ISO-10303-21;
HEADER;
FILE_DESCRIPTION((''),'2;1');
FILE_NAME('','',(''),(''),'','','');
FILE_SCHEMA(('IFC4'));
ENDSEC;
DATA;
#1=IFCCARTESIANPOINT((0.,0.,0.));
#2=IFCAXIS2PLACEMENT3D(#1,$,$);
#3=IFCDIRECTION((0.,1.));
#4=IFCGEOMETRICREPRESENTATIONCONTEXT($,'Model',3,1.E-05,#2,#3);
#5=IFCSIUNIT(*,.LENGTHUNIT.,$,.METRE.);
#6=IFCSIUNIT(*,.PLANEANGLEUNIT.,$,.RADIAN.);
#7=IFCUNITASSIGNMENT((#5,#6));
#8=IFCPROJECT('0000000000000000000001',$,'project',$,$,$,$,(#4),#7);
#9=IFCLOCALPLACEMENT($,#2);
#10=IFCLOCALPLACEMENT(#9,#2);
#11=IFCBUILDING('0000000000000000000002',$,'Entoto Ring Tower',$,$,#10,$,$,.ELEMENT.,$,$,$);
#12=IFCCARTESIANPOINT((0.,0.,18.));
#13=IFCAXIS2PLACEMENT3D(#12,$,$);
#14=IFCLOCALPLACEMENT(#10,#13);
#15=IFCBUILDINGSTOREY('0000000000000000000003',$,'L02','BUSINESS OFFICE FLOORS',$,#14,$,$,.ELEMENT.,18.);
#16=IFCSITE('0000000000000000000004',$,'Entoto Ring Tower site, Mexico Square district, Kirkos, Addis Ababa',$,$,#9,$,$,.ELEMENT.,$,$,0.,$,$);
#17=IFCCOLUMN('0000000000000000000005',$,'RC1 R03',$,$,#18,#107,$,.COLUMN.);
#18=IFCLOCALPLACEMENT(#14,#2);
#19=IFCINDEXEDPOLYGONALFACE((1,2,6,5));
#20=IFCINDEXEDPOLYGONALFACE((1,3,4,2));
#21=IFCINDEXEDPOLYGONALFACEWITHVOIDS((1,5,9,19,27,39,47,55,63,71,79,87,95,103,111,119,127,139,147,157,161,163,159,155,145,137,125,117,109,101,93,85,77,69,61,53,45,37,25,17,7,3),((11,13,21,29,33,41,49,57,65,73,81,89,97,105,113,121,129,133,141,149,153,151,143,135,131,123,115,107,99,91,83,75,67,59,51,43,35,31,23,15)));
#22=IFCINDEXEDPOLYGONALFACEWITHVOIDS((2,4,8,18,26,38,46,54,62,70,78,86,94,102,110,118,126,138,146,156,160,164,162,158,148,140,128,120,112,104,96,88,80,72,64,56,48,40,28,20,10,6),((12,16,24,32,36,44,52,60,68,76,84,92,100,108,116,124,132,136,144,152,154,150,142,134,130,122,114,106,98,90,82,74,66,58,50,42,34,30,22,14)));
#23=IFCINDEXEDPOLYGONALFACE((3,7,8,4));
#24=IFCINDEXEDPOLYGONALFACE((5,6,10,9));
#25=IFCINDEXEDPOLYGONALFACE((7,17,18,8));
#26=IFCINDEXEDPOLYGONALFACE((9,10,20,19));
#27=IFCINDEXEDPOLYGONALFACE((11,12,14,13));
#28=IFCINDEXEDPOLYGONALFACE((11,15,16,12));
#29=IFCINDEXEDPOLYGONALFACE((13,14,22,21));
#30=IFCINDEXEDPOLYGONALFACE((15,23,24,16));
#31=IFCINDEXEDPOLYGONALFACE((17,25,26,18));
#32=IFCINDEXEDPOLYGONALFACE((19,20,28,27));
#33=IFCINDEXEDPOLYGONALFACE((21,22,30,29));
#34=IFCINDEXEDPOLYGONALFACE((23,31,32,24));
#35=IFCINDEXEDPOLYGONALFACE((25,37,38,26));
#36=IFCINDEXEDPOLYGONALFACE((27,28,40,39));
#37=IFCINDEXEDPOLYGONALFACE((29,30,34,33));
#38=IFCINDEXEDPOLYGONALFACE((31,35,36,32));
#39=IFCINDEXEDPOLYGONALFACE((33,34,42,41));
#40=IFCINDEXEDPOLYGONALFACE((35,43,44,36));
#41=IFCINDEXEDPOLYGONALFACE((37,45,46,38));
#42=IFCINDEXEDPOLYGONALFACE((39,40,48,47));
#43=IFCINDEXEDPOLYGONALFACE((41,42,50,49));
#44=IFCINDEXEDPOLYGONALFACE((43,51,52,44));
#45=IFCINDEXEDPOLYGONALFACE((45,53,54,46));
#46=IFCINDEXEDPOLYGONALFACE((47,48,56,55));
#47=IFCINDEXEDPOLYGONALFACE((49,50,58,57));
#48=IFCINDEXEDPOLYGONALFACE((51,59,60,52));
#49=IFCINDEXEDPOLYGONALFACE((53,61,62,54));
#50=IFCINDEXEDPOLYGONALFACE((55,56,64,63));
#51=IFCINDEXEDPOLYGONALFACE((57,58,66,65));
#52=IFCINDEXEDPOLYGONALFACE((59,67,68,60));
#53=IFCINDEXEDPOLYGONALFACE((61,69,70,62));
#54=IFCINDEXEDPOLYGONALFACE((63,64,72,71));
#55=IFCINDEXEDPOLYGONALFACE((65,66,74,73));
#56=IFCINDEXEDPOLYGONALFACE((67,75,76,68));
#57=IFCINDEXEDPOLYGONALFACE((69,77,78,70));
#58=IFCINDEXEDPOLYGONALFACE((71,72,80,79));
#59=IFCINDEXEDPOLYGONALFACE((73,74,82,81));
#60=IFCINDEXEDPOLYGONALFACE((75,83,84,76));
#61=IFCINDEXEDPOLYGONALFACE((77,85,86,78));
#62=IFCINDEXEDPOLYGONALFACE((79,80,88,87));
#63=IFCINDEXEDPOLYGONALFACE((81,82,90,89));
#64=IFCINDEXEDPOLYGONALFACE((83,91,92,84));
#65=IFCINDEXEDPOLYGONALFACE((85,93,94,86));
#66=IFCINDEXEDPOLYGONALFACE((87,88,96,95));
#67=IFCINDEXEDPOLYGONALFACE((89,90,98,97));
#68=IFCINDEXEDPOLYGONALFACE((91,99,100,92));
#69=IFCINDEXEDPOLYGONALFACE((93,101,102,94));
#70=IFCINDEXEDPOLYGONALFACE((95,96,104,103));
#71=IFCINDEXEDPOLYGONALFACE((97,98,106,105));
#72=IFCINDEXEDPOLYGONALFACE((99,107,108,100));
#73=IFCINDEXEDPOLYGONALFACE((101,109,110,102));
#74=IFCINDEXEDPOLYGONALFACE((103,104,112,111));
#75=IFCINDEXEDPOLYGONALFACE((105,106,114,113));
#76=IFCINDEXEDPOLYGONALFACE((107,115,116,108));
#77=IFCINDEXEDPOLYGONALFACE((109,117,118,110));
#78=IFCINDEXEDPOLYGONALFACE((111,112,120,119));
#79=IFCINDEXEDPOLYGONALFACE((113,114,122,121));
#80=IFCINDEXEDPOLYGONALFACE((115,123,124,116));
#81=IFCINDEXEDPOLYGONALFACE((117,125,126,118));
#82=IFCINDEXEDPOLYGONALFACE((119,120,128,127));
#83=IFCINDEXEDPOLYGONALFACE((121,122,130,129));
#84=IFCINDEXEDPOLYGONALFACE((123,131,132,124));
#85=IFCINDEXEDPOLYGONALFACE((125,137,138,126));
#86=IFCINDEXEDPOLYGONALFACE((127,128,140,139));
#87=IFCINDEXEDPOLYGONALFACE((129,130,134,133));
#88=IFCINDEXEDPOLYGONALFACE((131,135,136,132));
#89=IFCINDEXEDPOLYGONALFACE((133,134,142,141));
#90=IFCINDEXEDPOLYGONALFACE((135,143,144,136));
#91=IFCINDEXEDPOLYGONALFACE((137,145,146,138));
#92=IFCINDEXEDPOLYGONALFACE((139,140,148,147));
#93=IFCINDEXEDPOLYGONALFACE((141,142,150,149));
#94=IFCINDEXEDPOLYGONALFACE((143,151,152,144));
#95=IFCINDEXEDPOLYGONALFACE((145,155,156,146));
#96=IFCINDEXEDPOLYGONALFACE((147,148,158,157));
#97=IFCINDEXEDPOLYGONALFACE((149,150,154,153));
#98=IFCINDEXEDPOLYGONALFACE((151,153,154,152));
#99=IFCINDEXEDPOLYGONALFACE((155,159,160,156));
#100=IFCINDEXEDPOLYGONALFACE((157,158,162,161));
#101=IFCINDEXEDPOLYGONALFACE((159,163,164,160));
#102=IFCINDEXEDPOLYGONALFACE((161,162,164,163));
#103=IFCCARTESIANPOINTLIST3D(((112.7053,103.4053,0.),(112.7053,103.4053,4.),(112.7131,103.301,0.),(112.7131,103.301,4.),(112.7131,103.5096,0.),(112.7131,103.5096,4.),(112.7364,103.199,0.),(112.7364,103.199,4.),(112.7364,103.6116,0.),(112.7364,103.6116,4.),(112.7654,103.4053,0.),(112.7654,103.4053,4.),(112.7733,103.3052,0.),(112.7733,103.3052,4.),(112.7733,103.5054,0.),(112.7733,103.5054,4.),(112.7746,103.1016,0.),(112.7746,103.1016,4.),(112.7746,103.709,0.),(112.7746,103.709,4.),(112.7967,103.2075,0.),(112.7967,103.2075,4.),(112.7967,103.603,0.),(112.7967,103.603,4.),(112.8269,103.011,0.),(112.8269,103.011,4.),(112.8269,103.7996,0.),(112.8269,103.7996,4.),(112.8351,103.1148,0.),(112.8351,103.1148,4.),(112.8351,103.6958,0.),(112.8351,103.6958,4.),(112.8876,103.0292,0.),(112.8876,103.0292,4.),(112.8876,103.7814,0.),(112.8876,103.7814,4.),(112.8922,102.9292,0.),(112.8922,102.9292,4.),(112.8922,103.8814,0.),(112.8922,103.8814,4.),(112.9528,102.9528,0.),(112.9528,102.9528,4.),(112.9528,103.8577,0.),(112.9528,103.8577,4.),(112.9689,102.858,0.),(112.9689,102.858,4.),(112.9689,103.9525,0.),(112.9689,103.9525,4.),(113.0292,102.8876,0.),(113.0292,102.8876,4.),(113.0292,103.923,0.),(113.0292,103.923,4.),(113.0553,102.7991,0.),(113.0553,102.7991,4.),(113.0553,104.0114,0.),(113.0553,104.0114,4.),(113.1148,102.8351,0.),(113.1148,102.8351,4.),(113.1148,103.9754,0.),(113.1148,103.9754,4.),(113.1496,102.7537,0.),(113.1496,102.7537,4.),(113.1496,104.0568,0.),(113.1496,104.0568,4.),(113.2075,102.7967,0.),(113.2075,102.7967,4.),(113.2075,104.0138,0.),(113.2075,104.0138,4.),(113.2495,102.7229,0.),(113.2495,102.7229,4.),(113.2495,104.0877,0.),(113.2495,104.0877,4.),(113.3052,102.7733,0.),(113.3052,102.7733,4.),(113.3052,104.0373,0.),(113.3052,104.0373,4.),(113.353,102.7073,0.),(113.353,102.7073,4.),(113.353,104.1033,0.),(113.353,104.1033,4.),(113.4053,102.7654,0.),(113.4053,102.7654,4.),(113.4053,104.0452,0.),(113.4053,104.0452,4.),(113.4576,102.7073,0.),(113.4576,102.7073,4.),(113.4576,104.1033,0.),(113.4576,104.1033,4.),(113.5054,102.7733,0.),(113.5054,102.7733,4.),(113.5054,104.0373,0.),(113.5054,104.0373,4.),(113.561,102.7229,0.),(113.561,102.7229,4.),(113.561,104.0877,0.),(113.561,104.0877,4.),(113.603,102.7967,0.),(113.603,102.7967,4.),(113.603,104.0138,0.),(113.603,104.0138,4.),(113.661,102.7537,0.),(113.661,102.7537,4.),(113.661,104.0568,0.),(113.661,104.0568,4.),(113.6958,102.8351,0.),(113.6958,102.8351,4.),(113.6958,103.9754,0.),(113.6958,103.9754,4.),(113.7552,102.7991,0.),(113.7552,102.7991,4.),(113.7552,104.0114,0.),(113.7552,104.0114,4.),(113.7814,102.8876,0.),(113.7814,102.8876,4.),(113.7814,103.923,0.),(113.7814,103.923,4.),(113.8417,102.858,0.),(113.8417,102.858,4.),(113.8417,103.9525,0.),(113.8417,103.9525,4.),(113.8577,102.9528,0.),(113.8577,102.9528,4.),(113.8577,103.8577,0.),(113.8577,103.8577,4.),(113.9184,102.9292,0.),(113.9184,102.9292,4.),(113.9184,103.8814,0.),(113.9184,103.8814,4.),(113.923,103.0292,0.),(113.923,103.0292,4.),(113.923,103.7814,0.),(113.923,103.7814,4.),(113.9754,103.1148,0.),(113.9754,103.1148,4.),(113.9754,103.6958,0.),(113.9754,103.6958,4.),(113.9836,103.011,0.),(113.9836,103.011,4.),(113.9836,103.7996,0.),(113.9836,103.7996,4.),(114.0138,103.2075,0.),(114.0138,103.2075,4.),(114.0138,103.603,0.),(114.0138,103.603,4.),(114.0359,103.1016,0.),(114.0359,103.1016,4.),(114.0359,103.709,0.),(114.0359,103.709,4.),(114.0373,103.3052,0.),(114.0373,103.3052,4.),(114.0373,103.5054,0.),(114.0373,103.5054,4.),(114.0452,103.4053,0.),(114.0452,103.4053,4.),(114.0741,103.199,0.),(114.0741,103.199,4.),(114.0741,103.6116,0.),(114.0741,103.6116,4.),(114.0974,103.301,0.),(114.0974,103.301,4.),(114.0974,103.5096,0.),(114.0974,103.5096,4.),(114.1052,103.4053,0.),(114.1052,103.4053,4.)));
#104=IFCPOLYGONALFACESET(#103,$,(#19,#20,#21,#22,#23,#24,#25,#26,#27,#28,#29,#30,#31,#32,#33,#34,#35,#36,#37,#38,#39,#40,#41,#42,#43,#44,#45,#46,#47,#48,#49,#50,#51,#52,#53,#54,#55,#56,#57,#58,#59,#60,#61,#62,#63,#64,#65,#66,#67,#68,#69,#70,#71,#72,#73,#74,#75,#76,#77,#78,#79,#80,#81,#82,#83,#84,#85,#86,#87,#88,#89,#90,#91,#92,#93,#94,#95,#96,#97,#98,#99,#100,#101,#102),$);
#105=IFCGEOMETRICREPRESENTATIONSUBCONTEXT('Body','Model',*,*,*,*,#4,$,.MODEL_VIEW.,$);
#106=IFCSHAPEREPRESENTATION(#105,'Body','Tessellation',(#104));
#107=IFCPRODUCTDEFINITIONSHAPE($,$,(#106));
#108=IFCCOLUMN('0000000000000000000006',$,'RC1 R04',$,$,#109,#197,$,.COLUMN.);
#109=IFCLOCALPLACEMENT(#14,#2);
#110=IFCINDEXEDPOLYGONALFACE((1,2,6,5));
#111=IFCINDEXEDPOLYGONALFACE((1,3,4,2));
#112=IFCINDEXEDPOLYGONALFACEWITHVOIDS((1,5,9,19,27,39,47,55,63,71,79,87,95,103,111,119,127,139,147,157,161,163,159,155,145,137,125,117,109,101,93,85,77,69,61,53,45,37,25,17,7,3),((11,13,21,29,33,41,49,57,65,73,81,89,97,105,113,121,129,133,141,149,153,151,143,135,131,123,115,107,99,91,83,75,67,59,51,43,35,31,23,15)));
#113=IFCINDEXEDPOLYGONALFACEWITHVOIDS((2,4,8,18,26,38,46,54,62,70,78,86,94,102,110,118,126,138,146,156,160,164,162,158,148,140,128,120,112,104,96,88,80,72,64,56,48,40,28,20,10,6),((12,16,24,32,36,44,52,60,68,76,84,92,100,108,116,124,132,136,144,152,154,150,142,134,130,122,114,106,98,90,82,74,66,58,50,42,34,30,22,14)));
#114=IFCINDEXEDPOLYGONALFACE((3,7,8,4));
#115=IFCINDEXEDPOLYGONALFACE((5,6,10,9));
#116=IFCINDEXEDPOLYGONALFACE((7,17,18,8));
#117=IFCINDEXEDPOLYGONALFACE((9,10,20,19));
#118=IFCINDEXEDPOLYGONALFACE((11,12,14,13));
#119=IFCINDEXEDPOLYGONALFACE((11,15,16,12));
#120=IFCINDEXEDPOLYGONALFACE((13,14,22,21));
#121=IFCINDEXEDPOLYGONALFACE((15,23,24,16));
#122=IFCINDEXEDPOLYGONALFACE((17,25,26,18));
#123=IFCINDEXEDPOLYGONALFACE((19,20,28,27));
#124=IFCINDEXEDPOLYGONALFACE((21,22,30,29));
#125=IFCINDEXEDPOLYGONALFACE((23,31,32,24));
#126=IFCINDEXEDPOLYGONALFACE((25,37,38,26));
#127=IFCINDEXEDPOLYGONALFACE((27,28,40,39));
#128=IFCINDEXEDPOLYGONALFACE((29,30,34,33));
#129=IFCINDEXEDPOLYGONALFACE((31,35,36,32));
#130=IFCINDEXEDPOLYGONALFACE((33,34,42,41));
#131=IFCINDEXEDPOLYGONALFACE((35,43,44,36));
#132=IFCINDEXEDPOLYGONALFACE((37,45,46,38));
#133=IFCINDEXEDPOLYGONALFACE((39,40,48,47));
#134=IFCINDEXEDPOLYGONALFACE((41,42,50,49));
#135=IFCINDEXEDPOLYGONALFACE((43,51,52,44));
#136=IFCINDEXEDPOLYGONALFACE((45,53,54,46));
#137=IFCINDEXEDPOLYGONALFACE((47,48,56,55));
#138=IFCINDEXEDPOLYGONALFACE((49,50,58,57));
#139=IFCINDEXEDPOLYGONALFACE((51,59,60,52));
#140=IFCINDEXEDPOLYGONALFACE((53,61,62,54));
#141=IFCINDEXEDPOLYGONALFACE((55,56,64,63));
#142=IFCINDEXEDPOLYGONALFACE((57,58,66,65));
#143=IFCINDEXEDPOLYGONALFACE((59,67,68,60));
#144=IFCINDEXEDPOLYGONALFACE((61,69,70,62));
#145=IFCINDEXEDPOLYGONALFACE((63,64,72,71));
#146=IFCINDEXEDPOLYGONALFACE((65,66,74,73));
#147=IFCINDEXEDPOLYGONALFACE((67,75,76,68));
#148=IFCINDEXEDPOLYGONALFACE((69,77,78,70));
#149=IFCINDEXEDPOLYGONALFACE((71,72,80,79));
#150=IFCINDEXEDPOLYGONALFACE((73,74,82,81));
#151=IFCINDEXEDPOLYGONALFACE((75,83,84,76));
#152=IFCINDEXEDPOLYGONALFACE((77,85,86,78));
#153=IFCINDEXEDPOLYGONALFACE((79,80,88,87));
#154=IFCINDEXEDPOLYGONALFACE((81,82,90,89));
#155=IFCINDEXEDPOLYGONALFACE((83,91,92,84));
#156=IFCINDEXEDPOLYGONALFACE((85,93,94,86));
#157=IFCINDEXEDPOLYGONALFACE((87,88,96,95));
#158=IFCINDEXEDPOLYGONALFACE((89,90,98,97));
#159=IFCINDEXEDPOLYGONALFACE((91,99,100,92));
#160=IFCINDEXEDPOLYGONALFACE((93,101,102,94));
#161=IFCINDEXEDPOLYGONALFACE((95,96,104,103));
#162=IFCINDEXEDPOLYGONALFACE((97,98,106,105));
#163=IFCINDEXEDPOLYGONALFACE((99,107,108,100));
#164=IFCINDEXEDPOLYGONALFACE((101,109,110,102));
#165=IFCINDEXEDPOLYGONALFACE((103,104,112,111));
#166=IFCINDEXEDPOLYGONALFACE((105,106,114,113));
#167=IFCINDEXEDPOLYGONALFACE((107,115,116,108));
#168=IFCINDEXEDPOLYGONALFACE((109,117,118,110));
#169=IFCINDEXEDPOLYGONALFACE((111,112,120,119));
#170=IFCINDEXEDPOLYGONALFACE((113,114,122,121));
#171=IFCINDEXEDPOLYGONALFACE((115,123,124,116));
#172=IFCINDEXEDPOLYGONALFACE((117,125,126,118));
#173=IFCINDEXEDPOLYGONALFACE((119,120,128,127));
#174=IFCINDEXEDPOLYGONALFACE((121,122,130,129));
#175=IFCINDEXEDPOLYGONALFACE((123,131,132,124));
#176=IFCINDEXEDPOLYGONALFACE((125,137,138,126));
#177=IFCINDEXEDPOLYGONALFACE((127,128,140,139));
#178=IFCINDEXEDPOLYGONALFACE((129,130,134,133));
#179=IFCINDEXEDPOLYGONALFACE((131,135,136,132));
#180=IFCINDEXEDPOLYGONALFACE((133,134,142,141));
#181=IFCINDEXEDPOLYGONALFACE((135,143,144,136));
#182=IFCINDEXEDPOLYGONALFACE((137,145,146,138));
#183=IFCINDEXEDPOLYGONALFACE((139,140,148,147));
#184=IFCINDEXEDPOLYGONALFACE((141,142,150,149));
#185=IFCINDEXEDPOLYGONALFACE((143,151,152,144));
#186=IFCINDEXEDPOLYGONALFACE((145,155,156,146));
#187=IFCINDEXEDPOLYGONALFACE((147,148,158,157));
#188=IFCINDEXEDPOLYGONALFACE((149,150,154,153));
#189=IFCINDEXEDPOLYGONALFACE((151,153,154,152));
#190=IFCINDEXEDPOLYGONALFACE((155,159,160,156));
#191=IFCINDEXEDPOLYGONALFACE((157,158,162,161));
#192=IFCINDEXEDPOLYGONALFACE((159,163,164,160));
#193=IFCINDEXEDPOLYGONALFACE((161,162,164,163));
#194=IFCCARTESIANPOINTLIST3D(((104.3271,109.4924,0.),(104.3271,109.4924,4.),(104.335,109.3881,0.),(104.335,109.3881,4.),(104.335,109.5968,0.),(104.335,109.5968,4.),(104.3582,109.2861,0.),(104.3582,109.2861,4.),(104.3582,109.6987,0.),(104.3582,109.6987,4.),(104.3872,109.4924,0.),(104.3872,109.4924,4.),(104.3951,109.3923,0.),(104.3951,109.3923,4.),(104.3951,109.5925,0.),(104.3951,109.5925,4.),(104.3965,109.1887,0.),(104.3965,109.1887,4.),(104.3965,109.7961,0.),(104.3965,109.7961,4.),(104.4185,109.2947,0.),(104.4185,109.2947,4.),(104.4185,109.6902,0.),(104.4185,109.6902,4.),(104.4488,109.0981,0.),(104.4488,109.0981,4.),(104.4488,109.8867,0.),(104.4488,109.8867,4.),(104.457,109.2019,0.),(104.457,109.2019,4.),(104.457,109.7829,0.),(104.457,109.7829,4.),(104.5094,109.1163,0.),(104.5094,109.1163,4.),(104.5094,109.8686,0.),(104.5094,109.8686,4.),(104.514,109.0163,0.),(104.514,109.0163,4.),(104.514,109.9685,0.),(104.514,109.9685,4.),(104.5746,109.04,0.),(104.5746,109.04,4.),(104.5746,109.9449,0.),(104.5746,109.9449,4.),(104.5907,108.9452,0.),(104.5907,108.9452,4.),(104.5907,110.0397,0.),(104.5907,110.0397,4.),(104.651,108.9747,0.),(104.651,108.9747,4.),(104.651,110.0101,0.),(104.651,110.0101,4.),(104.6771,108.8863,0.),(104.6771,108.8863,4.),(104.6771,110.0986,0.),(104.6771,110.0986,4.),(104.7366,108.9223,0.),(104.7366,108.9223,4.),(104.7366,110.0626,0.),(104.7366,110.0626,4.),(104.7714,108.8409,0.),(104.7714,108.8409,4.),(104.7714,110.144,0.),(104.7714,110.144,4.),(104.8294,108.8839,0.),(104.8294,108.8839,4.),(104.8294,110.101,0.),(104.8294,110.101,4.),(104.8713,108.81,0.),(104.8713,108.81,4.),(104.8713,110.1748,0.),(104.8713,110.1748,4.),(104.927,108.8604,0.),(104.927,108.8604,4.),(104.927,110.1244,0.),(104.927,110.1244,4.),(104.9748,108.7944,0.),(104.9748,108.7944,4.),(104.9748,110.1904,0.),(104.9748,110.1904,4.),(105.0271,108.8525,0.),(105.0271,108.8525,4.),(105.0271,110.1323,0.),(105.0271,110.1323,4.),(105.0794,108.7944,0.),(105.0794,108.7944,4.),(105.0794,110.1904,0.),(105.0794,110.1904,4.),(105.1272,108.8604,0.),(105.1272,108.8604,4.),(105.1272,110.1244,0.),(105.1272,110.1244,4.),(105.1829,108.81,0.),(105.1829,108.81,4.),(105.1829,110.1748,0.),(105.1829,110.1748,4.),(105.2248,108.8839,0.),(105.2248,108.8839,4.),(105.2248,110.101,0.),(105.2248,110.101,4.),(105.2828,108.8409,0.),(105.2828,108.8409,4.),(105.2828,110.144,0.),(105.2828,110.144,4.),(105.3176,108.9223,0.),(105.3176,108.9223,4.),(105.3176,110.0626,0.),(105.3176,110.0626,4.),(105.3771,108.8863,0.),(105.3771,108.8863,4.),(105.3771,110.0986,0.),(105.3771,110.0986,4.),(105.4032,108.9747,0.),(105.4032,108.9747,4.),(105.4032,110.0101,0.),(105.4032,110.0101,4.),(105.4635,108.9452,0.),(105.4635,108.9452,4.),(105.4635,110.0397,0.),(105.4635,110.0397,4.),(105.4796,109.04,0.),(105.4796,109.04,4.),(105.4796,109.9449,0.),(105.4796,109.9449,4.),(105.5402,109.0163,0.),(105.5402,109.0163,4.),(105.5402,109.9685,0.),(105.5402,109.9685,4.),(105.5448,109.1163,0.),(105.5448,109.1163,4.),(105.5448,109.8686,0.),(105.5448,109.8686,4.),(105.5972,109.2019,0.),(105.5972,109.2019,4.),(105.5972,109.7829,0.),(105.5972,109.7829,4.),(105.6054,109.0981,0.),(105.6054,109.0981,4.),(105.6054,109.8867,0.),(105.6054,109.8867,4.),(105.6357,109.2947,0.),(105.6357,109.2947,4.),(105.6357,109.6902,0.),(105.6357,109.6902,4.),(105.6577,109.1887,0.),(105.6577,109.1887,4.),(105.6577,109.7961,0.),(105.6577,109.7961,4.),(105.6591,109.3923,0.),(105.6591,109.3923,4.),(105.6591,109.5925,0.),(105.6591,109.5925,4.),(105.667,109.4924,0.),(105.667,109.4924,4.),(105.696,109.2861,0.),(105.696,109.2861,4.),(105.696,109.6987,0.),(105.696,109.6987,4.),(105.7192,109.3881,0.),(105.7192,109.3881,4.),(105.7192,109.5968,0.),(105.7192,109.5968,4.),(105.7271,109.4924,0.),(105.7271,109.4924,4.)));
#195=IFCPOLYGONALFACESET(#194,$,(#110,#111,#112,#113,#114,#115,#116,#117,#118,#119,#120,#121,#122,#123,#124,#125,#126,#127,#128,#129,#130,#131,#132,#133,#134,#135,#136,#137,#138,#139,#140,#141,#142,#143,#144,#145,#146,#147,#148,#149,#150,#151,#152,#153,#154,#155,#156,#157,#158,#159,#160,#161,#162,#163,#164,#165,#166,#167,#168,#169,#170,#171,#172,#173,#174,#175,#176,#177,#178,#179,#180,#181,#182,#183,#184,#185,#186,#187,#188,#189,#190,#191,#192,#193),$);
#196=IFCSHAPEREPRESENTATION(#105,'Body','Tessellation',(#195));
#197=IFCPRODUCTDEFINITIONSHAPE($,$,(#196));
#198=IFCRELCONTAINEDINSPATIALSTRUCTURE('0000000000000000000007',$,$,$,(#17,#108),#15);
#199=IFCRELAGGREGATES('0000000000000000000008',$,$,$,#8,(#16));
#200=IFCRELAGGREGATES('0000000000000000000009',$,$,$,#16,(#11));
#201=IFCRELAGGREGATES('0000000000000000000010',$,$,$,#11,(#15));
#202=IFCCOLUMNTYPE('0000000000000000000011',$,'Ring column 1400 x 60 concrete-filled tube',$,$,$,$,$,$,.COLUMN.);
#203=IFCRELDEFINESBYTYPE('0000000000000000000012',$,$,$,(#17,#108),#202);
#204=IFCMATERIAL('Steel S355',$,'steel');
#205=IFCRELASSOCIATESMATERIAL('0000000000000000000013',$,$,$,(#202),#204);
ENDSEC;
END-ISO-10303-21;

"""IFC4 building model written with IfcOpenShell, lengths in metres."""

from ifc_helpers import new_model, si_unit, direction, frame, origin, origin_2d, place, context, subcontext, project, spatial, circle, hollow_circle, extrude, material, material_profile, profile_set, type_object, element, save


model = new_model("IFC4")

# Units and contexts
model_context = context("Model", 3, precision=1e-05, world=origin(), true_north=direction((0.0, 1.0)))
body_context = subcontext(model_context, "Body", "Model", "MODEL_VIEW")
ifc_project = project(units=[si_unit("LENGTHUNIT", "METRE"), si_unit("PLANEANGLEUNIT", "RADIAN")], contexts=[model_context])

# Site, building, storey
site_placement = place(None, origin())
site = spatial("IfcSite", under=ifc_project, at=site_placement, Name="Entoto Ring Tower site, Mexico Square district, Kirkos, Addis Ababa", CompositionType="ELEMENT", RefElevation=0.0)
building_placement = place(site_placement, origin())
building = spatial("IfcBuilding", under=site, at=building_placement, Name="Entoto Ring Tower", CompositionType="ELEMENT")
storey_placement = place(building_placement, frame((0.0, 0.0, 18.0)))
storey = spatial("IfcBuildingStorey", under=building, at=storey_placement, Name="L02", Description="BUSINESS OFFICE FLOORS", CompositionType="ELEMENT", Elevation=18.0)

# Columns
ifc_material_1 = material(Name="Steel S355", Category="steel")
ifc_material_profile_1 = material_profile(ifc_material_1, hollow_circle(Radius=0.7, WallThickness=0.0601, at=origin_2d()), Name="CHS 1400 x 60")
ifc_material_2 = material(Name="Concrete C60/75", Category="concrete")
ifc_material_profile_2 = material_profile(ifc_material_2, circle(Radius=0.6399, at=origin_2d()), Name="Concrete C60/75 infill")
ifc_profile_set_1 = profile_set([ifc_material_profile_1, ifc_material_profile_2], Name="Steel S355")
column_type = type_object("IfcColumnType", Name="Ring column 1400 x 60 concrete-filled tube", PredefinedType="COLUMN", material=ifc_profile_set_1)
for number, where, z_axis, x_axis, name in (
    (1, (113.4053, 103.4053, 0.0), (0.0, 0.0, 1.0), (1.0, 0.0, 0.0), "RC1 R03"),
    (2, (105.0271, 109.4924, 0.0), (0.0, 0.0, 1.0), (1.0, 0.0, 0.0), "RC1 R04"),
):
    element("IfcColumn", number, at=place(storey_placement, frame(where, z_axis=z_axis, x_axis=x_axis)), inside=storey, type_object=column_type, Name=name, PredefinedType="COLUMN", context=body_context, shape_type="SweptSolid", body=[
        extrude(hollow_circle(Radius=0.7, WallThickness=0.0601, at=origin_2d()), origin(), (0.0, 0.0, 1.0), 4.0),
    ])

save(model, "model.ifc")
